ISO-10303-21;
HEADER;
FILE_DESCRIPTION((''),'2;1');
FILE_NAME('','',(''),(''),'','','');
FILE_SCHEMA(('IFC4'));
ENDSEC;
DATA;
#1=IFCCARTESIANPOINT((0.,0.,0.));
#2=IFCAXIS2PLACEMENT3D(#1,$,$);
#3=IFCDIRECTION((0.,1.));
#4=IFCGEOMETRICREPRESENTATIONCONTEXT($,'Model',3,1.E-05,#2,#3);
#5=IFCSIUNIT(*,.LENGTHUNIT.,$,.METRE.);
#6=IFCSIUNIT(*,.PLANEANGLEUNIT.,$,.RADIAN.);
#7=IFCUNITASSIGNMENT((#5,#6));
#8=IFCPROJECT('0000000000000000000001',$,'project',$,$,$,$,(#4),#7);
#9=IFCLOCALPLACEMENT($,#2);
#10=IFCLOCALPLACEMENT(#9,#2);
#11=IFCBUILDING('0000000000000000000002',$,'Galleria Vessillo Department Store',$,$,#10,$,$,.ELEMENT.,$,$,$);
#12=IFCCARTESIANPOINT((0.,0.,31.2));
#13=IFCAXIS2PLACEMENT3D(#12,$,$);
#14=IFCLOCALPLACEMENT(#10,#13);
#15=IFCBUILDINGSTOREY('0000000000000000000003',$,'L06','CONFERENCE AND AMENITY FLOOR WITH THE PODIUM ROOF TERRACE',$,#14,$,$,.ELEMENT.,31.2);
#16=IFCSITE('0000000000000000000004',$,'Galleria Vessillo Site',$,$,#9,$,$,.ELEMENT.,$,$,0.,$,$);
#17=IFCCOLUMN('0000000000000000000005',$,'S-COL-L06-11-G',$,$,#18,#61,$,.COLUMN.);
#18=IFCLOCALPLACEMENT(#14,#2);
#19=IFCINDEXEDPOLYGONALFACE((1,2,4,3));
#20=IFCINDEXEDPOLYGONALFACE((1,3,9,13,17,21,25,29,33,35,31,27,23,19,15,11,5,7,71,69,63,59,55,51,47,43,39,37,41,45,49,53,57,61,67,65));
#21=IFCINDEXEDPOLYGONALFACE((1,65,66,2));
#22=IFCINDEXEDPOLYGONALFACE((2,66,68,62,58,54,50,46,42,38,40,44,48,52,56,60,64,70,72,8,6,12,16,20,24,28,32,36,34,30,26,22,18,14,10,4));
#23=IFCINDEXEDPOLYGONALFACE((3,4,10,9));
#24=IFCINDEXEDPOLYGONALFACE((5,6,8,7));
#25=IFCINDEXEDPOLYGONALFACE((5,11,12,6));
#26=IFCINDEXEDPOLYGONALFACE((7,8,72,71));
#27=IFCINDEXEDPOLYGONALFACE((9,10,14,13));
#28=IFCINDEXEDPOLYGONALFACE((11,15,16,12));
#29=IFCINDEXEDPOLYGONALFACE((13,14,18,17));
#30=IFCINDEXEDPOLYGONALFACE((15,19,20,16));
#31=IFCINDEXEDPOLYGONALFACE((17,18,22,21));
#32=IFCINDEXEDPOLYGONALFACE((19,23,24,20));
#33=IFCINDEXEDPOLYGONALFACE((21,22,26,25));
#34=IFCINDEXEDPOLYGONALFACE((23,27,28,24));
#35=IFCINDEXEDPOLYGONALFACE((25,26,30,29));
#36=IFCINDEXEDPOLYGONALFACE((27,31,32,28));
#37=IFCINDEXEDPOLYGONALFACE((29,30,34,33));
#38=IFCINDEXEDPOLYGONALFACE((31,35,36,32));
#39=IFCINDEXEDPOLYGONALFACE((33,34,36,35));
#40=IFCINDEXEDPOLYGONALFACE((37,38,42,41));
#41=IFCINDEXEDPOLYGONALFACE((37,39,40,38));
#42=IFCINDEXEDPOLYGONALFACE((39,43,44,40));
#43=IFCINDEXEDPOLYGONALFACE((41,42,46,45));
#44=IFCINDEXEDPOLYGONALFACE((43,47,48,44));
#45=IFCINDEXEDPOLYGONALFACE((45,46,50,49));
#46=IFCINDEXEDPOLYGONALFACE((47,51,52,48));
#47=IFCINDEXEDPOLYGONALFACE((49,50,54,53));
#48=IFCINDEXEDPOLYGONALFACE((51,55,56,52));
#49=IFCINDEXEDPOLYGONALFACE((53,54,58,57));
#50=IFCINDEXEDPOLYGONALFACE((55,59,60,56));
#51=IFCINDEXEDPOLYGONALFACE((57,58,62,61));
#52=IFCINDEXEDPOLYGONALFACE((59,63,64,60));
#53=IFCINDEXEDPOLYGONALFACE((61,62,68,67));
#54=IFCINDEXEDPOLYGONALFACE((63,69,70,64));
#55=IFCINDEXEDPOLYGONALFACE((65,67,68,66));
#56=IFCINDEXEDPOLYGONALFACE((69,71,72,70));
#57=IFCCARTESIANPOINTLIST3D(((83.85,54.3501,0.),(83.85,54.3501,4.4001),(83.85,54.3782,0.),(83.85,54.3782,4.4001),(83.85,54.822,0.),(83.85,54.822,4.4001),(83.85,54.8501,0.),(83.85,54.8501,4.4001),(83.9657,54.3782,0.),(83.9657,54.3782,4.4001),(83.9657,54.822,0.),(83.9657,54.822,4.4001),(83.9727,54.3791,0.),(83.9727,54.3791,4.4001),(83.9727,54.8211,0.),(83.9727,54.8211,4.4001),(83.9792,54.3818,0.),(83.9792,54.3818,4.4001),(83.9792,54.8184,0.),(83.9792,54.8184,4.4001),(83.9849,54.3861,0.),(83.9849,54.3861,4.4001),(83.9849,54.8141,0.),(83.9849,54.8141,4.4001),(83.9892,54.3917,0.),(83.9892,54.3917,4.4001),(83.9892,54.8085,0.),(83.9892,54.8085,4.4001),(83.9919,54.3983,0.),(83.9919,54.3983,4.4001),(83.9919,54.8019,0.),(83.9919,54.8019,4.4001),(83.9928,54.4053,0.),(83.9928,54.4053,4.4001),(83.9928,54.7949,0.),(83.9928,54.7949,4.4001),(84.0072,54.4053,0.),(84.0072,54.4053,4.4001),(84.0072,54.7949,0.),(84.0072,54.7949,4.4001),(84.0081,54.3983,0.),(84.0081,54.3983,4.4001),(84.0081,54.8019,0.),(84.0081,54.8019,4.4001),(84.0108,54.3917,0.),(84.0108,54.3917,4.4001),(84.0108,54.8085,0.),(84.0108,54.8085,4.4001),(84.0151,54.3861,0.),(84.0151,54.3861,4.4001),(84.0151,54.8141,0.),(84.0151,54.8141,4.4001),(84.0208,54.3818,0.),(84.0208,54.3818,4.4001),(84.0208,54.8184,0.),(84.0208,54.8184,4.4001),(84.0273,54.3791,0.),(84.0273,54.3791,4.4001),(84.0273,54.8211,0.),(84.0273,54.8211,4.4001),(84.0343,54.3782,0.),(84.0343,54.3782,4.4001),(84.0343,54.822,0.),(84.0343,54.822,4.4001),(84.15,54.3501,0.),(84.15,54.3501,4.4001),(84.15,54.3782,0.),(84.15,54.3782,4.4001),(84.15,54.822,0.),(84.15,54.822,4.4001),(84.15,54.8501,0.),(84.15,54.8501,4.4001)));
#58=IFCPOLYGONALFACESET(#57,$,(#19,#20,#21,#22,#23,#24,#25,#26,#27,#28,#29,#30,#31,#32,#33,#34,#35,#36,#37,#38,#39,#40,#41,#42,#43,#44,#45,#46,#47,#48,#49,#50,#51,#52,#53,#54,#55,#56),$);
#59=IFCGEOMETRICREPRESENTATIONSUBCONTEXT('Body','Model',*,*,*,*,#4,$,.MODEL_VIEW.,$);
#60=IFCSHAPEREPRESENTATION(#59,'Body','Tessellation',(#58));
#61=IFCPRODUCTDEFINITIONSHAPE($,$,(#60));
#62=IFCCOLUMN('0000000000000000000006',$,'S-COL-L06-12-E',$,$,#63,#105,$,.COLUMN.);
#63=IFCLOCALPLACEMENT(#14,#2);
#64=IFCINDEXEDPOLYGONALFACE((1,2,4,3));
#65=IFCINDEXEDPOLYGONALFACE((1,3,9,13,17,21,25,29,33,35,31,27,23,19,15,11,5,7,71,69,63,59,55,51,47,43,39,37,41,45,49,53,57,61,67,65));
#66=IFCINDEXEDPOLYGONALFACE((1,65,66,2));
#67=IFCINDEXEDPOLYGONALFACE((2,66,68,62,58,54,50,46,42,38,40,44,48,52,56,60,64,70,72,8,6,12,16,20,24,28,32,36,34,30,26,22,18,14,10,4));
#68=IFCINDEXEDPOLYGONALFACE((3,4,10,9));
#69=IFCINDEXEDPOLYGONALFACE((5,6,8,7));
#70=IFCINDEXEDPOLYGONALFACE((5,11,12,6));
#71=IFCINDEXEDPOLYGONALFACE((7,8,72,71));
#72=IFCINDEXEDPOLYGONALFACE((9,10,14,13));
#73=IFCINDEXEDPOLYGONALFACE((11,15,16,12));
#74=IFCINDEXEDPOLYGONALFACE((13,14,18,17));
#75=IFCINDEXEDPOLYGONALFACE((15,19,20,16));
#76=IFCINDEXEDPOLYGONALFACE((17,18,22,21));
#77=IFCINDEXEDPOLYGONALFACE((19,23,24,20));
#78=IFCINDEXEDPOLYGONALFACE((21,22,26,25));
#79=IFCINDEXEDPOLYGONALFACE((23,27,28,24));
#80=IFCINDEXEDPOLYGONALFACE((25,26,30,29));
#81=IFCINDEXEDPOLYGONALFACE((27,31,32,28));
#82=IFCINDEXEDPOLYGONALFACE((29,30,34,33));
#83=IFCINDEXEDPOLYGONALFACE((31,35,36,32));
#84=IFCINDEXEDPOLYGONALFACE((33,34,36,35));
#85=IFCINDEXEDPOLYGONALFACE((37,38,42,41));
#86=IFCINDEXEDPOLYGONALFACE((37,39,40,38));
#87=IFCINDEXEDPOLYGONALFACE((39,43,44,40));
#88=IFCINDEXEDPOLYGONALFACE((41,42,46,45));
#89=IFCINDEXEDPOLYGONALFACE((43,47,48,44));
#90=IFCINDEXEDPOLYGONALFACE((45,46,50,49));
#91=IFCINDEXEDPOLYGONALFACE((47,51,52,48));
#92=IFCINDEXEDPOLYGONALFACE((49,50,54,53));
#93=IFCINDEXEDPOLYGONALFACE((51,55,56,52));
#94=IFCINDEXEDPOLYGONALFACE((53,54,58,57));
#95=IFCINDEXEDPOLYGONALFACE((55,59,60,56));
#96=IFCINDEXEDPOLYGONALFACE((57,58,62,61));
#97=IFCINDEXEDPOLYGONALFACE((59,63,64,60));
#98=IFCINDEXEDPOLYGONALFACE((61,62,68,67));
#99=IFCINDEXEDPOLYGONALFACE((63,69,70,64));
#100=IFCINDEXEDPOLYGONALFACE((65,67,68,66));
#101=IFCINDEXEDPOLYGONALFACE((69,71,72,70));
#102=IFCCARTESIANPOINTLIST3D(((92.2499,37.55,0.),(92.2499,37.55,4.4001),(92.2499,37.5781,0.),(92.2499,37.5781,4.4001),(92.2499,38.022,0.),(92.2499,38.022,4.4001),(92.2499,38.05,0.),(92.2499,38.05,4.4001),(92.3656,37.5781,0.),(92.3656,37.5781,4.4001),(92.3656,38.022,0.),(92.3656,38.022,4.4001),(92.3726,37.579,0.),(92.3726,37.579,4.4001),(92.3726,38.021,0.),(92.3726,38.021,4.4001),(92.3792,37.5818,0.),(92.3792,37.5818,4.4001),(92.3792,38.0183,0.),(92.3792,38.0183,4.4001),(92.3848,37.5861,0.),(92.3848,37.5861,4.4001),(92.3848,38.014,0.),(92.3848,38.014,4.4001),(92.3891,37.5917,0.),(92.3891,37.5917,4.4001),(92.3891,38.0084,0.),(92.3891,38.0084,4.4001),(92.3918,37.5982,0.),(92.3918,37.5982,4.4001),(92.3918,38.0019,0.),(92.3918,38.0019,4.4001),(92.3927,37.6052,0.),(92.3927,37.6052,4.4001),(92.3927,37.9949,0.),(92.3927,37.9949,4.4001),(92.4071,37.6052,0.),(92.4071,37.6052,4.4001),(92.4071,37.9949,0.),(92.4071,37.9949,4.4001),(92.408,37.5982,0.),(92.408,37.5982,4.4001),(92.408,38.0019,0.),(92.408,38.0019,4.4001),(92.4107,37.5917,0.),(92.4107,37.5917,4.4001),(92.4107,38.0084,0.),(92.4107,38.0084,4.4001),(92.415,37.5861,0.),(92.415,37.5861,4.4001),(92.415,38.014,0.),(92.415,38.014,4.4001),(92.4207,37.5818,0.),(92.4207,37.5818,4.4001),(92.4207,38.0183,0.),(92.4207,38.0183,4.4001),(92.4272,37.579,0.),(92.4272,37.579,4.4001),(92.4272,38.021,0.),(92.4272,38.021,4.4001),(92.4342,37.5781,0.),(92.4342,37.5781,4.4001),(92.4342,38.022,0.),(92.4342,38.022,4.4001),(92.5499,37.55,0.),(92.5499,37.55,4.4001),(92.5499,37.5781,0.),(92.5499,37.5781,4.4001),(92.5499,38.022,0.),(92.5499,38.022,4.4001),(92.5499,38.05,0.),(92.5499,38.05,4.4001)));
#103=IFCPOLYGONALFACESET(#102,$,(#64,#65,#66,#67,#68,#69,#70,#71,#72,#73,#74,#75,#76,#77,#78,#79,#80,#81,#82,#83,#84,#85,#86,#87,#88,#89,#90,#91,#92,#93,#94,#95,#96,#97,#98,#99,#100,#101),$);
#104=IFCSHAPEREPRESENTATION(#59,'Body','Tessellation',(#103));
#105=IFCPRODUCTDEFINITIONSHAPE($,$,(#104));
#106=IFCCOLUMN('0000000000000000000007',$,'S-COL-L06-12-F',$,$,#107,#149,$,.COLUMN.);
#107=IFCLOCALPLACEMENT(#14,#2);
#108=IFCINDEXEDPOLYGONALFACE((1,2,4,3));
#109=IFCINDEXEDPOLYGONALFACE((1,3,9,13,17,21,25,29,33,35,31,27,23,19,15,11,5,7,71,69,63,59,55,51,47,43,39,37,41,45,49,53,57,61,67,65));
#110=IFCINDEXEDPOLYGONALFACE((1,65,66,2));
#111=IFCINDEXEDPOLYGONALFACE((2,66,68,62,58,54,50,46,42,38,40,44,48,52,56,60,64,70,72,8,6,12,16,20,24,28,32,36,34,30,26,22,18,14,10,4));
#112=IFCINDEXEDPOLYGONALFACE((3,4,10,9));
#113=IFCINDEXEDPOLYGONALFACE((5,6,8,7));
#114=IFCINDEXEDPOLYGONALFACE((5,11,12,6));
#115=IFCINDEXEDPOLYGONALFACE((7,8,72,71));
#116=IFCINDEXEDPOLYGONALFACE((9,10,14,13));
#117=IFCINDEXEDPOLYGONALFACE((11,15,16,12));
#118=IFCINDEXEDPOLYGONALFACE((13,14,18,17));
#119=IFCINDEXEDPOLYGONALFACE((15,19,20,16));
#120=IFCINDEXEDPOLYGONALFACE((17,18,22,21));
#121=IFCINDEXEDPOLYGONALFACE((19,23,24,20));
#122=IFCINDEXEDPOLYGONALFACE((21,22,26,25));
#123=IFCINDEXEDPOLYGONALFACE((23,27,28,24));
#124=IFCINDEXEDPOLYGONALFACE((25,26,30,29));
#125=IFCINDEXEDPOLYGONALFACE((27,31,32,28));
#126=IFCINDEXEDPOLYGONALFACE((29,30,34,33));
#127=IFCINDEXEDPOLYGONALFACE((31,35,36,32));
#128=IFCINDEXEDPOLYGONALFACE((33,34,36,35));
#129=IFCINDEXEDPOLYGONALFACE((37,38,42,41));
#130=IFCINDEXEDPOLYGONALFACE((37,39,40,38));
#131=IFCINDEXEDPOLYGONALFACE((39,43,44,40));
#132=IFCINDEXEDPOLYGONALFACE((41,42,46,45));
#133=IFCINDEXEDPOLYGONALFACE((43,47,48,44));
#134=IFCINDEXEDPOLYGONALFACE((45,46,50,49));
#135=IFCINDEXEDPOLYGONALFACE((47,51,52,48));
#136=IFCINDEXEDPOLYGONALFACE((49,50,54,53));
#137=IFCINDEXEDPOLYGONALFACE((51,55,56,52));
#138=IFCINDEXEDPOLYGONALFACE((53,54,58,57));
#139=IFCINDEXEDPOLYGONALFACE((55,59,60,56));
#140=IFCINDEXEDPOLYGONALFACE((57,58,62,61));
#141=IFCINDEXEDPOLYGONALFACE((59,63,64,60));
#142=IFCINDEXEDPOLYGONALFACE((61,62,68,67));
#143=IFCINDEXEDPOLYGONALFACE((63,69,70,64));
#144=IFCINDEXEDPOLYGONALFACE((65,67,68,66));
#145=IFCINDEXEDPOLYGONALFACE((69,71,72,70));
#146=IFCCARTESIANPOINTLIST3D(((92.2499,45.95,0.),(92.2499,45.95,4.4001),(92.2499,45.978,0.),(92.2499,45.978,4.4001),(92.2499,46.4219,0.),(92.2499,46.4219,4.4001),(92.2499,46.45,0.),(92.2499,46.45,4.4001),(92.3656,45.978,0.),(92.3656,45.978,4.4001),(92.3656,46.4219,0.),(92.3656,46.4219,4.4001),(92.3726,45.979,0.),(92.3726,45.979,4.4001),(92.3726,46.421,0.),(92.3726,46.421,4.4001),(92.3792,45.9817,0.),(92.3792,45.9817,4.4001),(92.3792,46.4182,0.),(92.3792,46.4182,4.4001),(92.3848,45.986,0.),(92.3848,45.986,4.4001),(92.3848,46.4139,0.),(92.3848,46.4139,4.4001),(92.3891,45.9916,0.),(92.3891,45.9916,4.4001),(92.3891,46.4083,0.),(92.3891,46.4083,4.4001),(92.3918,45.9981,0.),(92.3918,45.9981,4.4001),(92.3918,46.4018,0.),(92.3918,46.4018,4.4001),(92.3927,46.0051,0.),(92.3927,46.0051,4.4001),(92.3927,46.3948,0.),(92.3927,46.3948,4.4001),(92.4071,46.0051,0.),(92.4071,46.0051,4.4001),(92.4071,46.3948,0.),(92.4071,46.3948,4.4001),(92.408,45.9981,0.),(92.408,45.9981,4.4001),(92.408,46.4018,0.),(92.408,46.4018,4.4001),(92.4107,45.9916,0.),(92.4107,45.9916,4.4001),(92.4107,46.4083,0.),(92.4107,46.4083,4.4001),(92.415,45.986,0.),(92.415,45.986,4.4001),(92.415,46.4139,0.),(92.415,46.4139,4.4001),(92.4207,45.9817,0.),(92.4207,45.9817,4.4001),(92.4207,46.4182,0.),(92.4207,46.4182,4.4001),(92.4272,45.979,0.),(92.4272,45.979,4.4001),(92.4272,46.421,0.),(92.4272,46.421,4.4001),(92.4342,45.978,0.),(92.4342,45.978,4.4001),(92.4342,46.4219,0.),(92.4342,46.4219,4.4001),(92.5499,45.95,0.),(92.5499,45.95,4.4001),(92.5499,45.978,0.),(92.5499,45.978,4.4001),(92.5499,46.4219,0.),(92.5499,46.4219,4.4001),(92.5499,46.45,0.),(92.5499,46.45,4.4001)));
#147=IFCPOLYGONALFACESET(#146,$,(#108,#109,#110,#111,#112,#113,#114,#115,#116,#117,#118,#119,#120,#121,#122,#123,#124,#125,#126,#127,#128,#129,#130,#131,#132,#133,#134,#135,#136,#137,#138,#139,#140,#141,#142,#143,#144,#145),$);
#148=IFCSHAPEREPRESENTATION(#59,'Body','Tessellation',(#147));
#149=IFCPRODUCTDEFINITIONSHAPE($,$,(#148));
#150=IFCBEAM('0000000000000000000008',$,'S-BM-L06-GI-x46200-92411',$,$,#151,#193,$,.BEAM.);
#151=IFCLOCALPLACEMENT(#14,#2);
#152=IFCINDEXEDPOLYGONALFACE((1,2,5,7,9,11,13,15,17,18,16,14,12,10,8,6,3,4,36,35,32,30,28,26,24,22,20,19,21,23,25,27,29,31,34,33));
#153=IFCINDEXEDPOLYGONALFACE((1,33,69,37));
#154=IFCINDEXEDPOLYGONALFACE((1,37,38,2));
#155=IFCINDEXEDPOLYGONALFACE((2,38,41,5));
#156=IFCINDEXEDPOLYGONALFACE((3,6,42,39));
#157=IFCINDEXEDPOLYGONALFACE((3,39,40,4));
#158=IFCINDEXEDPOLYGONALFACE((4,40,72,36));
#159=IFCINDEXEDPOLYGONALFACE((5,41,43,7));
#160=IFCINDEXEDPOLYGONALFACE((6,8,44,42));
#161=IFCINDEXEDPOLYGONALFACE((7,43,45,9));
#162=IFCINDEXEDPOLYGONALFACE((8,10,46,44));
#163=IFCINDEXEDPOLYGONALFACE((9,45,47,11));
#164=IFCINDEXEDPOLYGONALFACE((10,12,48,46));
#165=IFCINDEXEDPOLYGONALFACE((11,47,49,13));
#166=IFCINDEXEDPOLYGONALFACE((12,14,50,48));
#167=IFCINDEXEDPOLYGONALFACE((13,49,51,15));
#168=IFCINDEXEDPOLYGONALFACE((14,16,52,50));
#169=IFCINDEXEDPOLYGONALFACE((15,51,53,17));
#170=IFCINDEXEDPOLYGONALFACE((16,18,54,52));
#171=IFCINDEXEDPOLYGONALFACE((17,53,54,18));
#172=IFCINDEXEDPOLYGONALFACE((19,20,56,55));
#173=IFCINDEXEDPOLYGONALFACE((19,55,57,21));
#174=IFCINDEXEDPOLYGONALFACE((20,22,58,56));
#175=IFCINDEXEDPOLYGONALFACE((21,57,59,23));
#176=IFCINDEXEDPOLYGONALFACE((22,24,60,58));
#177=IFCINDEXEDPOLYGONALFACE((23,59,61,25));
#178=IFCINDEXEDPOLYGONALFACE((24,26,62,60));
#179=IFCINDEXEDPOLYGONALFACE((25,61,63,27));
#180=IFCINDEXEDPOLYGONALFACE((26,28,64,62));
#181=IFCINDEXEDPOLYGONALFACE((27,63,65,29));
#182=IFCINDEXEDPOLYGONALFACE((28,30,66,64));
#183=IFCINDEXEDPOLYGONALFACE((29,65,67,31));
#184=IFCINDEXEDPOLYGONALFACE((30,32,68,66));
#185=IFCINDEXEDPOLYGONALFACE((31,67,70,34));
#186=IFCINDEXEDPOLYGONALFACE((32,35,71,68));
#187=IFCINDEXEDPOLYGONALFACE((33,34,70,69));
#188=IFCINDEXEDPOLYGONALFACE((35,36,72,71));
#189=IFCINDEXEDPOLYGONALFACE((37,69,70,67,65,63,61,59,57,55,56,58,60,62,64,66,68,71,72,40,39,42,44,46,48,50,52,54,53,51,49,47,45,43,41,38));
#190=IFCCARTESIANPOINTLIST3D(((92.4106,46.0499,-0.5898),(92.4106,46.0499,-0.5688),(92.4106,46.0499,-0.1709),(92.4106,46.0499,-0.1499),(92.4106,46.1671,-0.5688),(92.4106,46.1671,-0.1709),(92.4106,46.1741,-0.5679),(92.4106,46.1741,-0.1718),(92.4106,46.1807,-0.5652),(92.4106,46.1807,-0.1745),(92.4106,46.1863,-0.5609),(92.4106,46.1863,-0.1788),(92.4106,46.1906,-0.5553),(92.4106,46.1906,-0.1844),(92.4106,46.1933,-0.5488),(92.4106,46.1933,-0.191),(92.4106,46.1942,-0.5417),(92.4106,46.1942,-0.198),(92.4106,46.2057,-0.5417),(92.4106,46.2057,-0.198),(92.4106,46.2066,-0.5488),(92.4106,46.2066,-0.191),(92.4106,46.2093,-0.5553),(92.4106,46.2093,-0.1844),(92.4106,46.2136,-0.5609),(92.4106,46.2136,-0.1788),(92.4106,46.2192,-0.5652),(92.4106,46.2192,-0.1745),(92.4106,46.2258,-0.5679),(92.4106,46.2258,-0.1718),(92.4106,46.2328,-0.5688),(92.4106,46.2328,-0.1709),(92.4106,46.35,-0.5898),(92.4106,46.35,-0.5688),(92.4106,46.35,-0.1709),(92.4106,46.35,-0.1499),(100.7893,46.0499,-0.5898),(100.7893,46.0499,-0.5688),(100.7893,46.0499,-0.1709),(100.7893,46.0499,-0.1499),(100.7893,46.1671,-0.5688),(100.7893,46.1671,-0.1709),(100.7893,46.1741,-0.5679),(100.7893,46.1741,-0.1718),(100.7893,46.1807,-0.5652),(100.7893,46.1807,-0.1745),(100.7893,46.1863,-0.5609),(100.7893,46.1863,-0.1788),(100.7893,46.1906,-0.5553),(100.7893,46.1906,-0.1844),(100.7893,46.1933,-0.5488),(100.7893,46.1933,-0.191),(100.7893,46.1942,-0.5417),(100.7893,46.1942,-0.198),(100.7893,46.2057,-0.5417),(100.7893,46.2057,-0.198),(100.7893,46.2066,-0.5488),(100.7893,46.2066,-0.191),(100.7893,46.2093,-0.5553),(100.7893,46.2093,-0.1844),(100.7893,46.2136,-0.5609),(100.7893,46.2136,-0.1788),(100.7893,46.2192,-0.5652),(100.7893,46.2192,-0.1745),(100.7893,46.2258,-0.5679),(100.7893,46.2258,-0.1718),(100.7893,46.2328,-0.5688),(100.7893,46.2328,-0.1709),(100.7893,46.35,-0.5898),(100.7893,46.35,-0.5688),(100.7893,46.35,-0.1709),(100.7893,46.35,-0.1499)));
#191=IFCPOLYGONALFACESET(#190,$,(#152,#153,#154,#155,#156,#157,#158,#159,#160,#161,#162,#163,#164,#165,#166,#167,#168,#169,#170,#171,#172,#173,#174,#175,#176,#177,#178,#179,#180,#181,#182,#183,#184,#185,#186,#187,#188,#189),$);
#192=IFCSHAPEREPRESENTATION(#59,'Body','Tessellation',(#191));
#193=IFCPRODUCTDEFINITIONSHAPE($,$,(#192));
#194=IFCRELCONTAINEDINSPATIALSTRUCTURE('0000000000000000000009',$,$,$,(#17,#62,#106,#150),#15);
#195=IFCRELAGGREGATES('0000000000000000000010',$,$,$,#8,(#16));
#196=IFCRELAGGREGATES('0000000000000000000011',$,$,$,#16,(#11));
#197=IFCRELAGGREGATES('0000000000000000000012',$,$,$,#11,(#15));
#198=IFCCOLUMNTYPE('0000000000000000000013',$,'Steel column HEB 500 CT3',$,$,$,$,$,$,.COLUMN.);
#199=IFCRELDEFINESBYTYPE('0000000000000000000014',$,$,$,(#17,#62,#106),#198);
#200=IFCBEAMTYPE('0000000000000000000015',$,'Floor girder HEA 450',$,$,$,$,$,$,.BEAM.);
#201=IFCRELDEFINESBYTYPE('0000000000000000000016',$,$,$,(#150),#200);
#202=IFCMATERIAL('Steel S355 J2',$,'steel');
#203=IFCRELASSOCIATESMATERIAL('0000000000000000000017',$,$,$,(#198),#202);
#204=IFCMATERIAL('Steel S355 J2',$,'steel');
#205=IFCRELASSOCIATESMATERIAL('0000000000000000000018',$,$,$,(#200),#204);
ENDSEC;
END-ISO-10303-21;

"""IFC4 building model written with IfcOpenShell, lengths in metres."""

from ifc_helpers import new_model, si_unit, direction, frame, origin, origin_2d, place, context, subcontext, project, spatial, i_section, extrude, material, material_profile, profile_set, type_object, element, save


model = new_model("IFC4")

# Units and contexts
model_context = context("Model", 3, precision=1e-05, world=origin(), true_north=direction((0.0, 1.0)))
body_context = subcontext(model_context, "Body", "Model", "MODEL_VIEW")
ifc_project = project(units=[si_unit("LENGTHUNIT", "METRE"), si_unit("PLANEANGLEUNIT", "RADIAN")], contexts=[model_context])

# Site, building, storey
site_placement = place(None, origin())
site = spatial("IfcSite", under=ifc_project, at=site_placement, Name="Galleria Vessillo Site", CompositionType="ELEMENT", RefElevation=0.0)
building_placement = place(site_placement, origin())
building = spatial("IfcBuilding", under=site, at=building_placement, Name="Galleria Vessillo Department Store", CompositionType="ELEMENT")
storey_placement = place(building_placement, frame((0.0, 0.0, 31.2)))
storey = spatial("IfcBuildingStorey", under=building, at=storey_placement, Name="L06", Description="CONFERENCE AND AMENITY FLOOR WITH THE PODIUM ROOF TERRACE", CompositionType="ELEMENT", Elevation=31.2)

# Columns
ifc_material_1 = material(Name="Steel S355 J2", Category="steel")
ifc_material_profile_1 = material_profile(ifc_material_1, i_section(OverallWidth=0.3, OverallDepth=0.5, WebThickness=0.0144, FlangeThickness=0.0281, FilletRadius=0.0271, at=origin_2d()), Name="HEB 500")
ifc_profile_set_1 = profile_set([ifc_material_profile_1], Name="Steel S355 J2")
column_type = type_object("IfcColumnType", Name="Steel column HEB 500 CT3", PredefinedType="COLUMN", material=ifc_profile_set_1)
for number, where, z_axis, x_axis, name in (
    (1, (84.0, 54.6001, 0.0), (0.0, 0.0, 1.0), (1.0, 0.0, 0.0), "S-COL-L06-11-G"),
    (2, (92.3999, 37.8, 0.0), (0.0, 0.0, 1.0), (1.0, 0.0, 0.0), "S-COL-L06-12-E"),
    (3, (92.3999, 46.2, 0.0), (0.0, 0.0, 1.0), (1.0, 0.0, 0.0), "S-COL-L06-12-F"),
):
    element("IfcColumn", number, at=place(storey_placement, frame(where, z_axis=z_axis, x_axis=x_axis)), inside=storey, type_object=column_type, Name=name, PredefinedType="COLUMN", context=body_context, shape_type="SweptSolid", body=[
        extrude(i_section(OverallWidth=0.3, OverallDepth=0.5, WebThickness=0.0144, FlangeThickness=0.0281, FilletRadius=0.0271, at=origin_2d()), origin(), (0.0, 0.0, 1.0), 4.4001),
    ])

# Beam
ifc_material_2 = material(Name="Steel S355 J2", Category="steel")
ifc_material_profile_2 = material_profile(ifc_material_2, i_section(OverallWidth=0.3, OverallDepth=0.4399, WebThickness=0.0115, FlangeThickness=0.021, FilletRadius=0.0271, at=origin_2d()), Name="HEA 450")
ifc_profile_set_2 = profile_set([ifc_material_profile_2], Name="Steel S355 J2")
beam_type_1 = type_object("IfcBeamType", Name="Floor girder HEA 450", PredefinedType="BEAM", material=ifc_profile_set_2)
beam_1_placement = place(storey_placement, frame((92.4106, 46.2, -0.3699), z_axis=(1.0, 0.0, 0.0), x_axis=(0.0, 1.0, 0.0)))
element("IfcBeam", 4, at=beam_1_placement, inside=storey, type_object=beam_type_1, Name="S-BM-L06-GI-x46200-92411", PredefinedType="BEAM", context=body_context, shape_type="SweptSolid", body=[
    extrude(i_section(OverallWidth=0.3, OverallDepth=0.4399, WebThickness=0.0115, FlangeThickness=0.021, FilletRadius=0.0271, at=origin_2d()), origin(), (0.0, 0.0, 1.0), 8.3787),
])

save(model, "model.ifc")
